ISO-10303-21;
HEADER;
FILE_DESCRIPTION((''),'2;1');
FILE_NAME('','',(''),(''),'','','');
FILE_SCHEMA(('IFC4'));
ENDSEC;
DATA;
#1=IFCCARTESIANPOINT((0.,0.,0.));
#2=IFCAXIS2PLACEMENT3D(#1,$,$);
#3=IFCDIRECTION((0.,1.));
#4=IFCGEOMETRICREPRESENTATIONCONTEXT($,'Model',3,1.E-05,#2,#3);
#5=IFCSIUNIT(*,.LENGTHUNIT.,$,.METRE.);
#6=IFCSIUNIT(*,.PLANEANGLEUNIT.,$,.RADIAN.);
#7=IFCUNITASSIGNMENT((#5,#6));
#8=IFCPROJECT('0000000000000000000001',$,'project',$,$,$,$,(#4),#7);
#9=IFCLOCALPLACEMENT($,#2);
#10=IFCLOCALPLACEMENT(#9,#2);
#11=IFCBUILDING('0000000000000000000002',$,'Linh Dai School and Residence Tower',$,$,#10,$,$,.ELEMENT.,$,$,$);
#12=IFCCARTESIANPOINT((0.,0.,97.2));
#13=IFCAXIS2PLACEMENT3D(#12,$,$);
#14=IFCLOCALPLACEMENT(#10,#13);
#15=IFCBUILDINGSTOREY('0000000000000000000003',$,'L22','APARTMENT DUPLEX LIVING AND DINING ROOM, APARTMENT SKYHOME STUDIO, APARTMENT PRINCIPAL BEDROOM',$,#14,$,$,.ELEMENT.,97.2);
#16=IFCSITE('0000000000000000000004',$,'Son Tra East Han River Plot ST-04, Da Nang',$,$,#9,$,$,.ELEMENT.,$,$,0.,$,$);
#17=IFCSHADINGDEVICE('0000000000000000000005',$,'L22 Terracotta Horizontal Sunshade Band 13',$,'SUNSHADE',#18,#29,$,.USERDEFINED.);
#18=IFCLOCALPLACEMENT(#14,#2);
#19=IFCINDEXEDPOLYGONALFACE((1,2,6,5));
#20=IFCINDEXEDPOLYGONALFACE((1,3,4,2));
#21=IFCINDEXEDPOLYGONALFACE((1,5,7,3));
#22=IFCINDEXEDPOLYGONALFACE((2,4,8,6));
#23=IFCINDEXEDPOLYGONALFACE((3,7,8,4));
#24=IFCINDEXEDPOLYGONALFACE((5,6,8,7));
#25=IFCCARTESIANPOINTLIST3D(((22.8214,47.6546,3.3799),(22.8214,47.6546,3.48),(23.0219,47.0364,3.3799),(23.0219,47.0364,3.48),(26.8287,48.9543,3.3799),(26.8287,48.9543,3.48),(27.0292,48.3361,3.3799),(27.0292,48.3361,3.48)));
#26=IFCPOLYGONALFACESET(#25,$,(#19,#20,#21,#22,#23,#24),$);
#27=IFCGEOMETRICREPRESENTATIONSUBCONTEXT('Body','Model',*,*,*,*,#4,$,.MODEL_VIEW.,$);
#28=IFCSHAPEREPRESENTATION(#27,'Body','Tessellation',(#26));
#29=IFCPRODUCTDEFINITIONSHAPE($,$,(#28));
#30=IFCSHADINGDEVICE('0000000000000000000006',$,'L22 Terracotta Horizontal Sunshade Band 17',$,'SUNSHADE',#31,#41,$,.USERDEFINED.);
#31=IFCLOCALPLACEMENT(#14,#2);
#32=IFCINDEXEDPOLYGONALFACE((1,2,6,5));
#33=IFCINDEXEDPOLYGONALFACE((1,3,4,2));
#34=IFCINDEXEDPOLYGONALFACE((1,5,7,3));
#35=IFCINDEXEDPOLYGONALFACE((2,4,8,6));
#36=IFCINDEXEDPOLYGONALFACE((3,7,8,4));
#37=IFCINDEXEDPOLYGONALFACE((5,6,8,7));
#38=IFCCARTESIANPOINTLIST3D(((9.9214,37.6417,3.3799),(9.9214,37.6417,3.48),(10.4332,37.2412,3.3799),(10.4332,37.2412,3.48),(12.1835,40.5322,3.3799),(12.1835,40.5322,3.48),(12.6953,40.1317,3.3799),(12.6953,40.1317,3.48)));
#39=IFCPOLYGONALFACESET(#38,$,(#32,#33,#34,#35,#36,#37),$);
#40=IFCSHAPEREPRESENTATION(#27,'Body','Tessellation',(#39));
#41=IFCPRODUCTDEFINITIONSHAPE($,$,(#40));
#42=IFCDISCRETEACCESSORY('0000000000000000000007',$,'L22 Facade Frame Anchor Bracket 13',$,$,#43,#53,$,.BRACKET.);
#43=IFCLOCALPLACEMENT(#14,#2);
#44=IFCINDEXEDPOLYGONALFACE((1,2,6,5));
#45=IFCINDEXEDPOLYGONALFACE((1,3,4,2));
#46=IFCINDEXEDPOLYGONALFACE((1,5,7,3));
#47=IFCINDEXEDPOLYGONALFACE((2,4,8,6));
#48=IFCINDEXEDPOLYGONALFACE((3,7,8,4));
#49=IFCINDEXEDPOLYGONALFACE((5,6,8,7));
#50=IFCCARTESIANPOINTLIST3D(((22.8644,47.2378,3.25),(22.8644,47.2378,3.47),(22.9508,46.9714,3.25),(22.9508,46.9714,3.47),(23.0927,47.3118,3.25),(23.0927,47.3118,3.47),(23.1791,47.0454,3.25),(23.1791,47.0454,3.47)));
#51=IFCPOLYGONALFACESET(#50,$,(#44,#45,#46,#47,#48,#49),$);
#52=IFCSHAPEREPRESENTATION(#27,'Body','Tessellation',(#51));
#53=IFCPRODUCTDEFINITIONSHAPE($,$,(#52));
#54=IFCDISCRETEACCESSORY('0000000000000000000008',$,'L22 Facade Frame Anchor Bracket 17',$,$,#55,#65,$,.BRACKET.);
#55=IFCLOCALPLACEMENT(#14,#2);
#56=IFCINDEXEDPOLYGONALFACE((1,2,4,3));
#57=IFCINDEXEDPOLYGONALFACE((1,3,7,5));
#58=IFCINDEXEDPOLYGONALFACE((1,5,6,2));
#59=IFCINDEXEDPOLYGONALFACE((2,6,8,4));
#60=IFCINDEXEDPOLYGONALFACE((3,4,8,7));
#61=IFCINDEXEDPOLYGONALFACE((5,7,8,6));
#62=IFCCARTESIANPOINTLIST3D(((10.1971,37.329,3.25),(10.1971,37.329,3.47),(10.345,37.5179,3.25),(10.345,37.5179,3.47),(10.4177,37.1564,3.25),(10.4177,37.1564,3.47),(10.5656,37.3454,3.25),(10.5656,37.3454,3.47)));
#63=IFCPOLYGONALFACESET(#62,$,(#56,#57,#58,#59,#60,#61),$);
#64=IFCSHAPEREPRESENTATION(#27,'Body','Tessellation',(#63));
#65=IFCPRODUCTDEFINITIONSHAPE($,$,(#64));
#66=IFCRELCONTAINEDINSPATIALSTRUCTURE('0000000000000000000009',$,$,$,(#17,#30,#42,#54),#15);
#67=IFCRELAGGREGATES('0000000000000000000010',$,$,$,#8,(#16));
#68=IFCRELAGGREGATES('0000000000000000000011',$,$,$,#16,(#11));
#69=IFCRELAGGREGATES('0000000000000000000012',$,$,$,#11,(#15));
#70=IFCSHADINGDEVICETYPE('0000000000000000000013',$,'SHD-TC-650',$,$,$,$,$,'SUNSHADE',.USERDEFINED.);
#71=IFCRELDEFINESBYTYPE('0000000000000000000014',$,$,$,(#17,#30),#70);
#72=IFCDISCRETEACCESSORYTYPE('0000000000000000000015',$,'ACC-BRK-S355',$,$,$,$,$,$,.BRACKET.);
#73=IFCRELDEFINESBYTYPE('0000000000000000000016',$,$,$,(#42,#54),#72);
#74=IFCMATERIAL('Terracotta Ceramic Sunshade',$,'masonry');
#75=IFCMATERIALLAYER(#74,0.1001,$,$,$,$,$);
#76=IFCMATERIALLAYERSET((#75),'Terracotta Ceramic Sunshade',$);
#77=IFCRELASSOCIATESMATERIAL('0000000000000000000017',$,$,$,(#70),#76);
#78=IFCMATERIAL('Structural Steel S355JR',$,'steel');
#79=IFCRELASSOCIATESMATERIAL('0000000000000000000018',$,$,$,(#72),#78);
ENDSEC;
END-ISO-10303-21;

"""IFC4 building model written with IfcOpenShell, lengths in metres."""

from ifc_helpers import new_model, si_unit, direction, frame, origin, origin_2d, place, context, subcontext, project, spatial, rectangle, extrude, source, transform, mapped, material, layer, layer_set, type_object, element, save


model = new_model("IFC4")

# Units and contexts
model_context = context("Model", 3, precision=1e-05, world=origin(), true_north=direction((0.0, 1.0)))
body_context = subcontext(model_context, "Body", "Model", "MODEL_VIEW")
ifc_project = project(units=[si_unit("LENGTHUNIT", "METRE"), si_unit("PLANEANGLEUNIT", "RADIAN")], contexts=[model_context])

# Site, building, storey
site_placement = place(None, origin())
site = spatial("IfcSite", under=ifc_project, at=site_placement, Name="Son Tra East Han River Plot ST-04, Da Nang", CompositionType="ELEMENT", RefElevation=0.0)
building_placement = place(site_placement, origin())
building = spatial("IfcBuilding", under=site, at=building_placement, Name="Linh Dai School and Residence Tower", CompositionType="ELEMENT")
storey_placement = place(building_placement, frame((0.0, 0.0, 97.2)))
storey = spatial("IfcBuildingStorey", under=building, at=storey_placement, Name="L22", Description="APARTMENT DUPLEX LIVING AND DINING ROOM, APARTMENT SKYHOME STUDIO, APARTMENT PRINCIPAL BEDROOM", CompositionType="ELEMENT", Elevation=97.2)

# Shared definitions
ifc_material_1 = material(Name="Structural Steel S355JR", Category="steel")

# Shading devices
ifc_material_2 = material(Name="Terracotta Ceramic Sunshade", Category="masonry")
ifc_layer_1 = layer(ifc_material_2, 0.1001)
ifc_layer_set_1 = layer_set([ifc_layer_1], Name="Terracotta Ceramic Sunshade")
shading_device_type = type_object("IfcShadingDeviceType", Name="SHD-TC-650", ElementType="SUNSHADE", PredefinedType="USERDEFINED", material=ifc_layer_set_1)
shared_shape_1 = source(origin(), body_context, "Body", "SweptSolid", [
    extrude(rectangle(XDim=4.2129, YDim=0.6499, at=origin_2d()), origin(), (0.0, 0.0, 1.0), 0.1001),
])
shading_device_1_placement = place(storey_placement, frame((24.9253, 47.9954, 3.3799), z_axis=(0.0, 0.0, 1.0), x_axis=(0.951217, 0.308522, 0.0)))
element("IfcShadingDevice", 1, at=shading_device_1_placement, inside=storey, type_object=shading_device_type, Name="L22 Terracotta Horizontal Sunshade Band 13", ObjectType="SUNSHADE", PredefinedType="USERDEFINED", context=body_context, shape_type="MappedRepresentation", body=[
    mapped(shared_shape_1, transform((0.0, 0.0, 0.0), x_axis=(1.0, 0.0, 0.0), y_axis=(0.0, 1.0, 0.0), z_axis=(0.0, 0.0, 1.0), scale=1.0)),
])
shared_shape_2 = source(origin(), body_context, "Body", "SweptSolid", [
    extrude(rectangle(XDim=3.6704, YDim=0.6499, at=origin_2d()), origin(), (0.0, 0.0, 1.0), 0.1001),
])
shading_device_2_placement = place(storey_placement, frame((11.3083, 38.8867, 3.3799), z_axis=(0.0, 0.0, 1.0), x_axis=(0.616305, 0.787508, 0.0)))
element("IfcShadingDevice", 2, at=shading_device_2_placement, inside=storey, type_object=shading_device_type, Name="L22 Terracotta Horizontal Sunshade Band 17", ObjectType="SUNSHADE", PredefinedType="USERDEFINED", context=body_context, shape_type="MappedRepresentation", body=[
    mapped(shared_shape_2, transform((0.0, 0.0, 0.0), x_axis=(1.0, 0.0, 0.0), y_axis=(0.0, 1.0, 0.0), z_axis=(0.0, 0.0, 1.0), scale=1.0)),
])

# Discrete accessories
discrete_accessory_type = type_object("IfcDiscreteAccessoryType", Name="ACC-BRK-S355", PredefinedType="BRACKET", material=ifc_material_1)
shared_shape_3 = source(origin(), body_context, "Body", "SweptSolid", [
    extrude(rectangle(XDim=0.28, YDim=0.24, at=origin_2d()), origin(), (0.0, 0.0, 1.0), 0.22),
])
for number, where, z_axis, x_axis, name in (
    (3, (23.0217, 47.1416, 3.25), (0.0, 0.0, 1.0), (-0.308522, 0.951217, 0.0), "L22 Facade Frame Anchor Bracket 13"),
    (4, (10.3813, 37.3372, 3.25), (0.0, 0.0, 1.0), (-0.787508, 0.616305, 0.0), "L22 Facade Frame Anchor Bracket 17"),
):
    element("IfcDiscreteAccessory", number, at=place(storey_placement, frame(where, z_axis=z_axis, x_axis=x_axis)), inside=storey, type_object=discrete_accessory_type, Name=name, PredefinedType="BRACKET", context=body_context, shape_type="MappedRepresentation", body=[
        mapped(shared_shape_3, transform((0.0, 0.0, 0.0), x_axis=(1.0, 0.0, 0.0), y_axis=(0.0, 1.0, 0.0), z_axis=(0.0, 0.0, 1.0), scale=1.0)),
    ])

save(model, "model.ifc")
